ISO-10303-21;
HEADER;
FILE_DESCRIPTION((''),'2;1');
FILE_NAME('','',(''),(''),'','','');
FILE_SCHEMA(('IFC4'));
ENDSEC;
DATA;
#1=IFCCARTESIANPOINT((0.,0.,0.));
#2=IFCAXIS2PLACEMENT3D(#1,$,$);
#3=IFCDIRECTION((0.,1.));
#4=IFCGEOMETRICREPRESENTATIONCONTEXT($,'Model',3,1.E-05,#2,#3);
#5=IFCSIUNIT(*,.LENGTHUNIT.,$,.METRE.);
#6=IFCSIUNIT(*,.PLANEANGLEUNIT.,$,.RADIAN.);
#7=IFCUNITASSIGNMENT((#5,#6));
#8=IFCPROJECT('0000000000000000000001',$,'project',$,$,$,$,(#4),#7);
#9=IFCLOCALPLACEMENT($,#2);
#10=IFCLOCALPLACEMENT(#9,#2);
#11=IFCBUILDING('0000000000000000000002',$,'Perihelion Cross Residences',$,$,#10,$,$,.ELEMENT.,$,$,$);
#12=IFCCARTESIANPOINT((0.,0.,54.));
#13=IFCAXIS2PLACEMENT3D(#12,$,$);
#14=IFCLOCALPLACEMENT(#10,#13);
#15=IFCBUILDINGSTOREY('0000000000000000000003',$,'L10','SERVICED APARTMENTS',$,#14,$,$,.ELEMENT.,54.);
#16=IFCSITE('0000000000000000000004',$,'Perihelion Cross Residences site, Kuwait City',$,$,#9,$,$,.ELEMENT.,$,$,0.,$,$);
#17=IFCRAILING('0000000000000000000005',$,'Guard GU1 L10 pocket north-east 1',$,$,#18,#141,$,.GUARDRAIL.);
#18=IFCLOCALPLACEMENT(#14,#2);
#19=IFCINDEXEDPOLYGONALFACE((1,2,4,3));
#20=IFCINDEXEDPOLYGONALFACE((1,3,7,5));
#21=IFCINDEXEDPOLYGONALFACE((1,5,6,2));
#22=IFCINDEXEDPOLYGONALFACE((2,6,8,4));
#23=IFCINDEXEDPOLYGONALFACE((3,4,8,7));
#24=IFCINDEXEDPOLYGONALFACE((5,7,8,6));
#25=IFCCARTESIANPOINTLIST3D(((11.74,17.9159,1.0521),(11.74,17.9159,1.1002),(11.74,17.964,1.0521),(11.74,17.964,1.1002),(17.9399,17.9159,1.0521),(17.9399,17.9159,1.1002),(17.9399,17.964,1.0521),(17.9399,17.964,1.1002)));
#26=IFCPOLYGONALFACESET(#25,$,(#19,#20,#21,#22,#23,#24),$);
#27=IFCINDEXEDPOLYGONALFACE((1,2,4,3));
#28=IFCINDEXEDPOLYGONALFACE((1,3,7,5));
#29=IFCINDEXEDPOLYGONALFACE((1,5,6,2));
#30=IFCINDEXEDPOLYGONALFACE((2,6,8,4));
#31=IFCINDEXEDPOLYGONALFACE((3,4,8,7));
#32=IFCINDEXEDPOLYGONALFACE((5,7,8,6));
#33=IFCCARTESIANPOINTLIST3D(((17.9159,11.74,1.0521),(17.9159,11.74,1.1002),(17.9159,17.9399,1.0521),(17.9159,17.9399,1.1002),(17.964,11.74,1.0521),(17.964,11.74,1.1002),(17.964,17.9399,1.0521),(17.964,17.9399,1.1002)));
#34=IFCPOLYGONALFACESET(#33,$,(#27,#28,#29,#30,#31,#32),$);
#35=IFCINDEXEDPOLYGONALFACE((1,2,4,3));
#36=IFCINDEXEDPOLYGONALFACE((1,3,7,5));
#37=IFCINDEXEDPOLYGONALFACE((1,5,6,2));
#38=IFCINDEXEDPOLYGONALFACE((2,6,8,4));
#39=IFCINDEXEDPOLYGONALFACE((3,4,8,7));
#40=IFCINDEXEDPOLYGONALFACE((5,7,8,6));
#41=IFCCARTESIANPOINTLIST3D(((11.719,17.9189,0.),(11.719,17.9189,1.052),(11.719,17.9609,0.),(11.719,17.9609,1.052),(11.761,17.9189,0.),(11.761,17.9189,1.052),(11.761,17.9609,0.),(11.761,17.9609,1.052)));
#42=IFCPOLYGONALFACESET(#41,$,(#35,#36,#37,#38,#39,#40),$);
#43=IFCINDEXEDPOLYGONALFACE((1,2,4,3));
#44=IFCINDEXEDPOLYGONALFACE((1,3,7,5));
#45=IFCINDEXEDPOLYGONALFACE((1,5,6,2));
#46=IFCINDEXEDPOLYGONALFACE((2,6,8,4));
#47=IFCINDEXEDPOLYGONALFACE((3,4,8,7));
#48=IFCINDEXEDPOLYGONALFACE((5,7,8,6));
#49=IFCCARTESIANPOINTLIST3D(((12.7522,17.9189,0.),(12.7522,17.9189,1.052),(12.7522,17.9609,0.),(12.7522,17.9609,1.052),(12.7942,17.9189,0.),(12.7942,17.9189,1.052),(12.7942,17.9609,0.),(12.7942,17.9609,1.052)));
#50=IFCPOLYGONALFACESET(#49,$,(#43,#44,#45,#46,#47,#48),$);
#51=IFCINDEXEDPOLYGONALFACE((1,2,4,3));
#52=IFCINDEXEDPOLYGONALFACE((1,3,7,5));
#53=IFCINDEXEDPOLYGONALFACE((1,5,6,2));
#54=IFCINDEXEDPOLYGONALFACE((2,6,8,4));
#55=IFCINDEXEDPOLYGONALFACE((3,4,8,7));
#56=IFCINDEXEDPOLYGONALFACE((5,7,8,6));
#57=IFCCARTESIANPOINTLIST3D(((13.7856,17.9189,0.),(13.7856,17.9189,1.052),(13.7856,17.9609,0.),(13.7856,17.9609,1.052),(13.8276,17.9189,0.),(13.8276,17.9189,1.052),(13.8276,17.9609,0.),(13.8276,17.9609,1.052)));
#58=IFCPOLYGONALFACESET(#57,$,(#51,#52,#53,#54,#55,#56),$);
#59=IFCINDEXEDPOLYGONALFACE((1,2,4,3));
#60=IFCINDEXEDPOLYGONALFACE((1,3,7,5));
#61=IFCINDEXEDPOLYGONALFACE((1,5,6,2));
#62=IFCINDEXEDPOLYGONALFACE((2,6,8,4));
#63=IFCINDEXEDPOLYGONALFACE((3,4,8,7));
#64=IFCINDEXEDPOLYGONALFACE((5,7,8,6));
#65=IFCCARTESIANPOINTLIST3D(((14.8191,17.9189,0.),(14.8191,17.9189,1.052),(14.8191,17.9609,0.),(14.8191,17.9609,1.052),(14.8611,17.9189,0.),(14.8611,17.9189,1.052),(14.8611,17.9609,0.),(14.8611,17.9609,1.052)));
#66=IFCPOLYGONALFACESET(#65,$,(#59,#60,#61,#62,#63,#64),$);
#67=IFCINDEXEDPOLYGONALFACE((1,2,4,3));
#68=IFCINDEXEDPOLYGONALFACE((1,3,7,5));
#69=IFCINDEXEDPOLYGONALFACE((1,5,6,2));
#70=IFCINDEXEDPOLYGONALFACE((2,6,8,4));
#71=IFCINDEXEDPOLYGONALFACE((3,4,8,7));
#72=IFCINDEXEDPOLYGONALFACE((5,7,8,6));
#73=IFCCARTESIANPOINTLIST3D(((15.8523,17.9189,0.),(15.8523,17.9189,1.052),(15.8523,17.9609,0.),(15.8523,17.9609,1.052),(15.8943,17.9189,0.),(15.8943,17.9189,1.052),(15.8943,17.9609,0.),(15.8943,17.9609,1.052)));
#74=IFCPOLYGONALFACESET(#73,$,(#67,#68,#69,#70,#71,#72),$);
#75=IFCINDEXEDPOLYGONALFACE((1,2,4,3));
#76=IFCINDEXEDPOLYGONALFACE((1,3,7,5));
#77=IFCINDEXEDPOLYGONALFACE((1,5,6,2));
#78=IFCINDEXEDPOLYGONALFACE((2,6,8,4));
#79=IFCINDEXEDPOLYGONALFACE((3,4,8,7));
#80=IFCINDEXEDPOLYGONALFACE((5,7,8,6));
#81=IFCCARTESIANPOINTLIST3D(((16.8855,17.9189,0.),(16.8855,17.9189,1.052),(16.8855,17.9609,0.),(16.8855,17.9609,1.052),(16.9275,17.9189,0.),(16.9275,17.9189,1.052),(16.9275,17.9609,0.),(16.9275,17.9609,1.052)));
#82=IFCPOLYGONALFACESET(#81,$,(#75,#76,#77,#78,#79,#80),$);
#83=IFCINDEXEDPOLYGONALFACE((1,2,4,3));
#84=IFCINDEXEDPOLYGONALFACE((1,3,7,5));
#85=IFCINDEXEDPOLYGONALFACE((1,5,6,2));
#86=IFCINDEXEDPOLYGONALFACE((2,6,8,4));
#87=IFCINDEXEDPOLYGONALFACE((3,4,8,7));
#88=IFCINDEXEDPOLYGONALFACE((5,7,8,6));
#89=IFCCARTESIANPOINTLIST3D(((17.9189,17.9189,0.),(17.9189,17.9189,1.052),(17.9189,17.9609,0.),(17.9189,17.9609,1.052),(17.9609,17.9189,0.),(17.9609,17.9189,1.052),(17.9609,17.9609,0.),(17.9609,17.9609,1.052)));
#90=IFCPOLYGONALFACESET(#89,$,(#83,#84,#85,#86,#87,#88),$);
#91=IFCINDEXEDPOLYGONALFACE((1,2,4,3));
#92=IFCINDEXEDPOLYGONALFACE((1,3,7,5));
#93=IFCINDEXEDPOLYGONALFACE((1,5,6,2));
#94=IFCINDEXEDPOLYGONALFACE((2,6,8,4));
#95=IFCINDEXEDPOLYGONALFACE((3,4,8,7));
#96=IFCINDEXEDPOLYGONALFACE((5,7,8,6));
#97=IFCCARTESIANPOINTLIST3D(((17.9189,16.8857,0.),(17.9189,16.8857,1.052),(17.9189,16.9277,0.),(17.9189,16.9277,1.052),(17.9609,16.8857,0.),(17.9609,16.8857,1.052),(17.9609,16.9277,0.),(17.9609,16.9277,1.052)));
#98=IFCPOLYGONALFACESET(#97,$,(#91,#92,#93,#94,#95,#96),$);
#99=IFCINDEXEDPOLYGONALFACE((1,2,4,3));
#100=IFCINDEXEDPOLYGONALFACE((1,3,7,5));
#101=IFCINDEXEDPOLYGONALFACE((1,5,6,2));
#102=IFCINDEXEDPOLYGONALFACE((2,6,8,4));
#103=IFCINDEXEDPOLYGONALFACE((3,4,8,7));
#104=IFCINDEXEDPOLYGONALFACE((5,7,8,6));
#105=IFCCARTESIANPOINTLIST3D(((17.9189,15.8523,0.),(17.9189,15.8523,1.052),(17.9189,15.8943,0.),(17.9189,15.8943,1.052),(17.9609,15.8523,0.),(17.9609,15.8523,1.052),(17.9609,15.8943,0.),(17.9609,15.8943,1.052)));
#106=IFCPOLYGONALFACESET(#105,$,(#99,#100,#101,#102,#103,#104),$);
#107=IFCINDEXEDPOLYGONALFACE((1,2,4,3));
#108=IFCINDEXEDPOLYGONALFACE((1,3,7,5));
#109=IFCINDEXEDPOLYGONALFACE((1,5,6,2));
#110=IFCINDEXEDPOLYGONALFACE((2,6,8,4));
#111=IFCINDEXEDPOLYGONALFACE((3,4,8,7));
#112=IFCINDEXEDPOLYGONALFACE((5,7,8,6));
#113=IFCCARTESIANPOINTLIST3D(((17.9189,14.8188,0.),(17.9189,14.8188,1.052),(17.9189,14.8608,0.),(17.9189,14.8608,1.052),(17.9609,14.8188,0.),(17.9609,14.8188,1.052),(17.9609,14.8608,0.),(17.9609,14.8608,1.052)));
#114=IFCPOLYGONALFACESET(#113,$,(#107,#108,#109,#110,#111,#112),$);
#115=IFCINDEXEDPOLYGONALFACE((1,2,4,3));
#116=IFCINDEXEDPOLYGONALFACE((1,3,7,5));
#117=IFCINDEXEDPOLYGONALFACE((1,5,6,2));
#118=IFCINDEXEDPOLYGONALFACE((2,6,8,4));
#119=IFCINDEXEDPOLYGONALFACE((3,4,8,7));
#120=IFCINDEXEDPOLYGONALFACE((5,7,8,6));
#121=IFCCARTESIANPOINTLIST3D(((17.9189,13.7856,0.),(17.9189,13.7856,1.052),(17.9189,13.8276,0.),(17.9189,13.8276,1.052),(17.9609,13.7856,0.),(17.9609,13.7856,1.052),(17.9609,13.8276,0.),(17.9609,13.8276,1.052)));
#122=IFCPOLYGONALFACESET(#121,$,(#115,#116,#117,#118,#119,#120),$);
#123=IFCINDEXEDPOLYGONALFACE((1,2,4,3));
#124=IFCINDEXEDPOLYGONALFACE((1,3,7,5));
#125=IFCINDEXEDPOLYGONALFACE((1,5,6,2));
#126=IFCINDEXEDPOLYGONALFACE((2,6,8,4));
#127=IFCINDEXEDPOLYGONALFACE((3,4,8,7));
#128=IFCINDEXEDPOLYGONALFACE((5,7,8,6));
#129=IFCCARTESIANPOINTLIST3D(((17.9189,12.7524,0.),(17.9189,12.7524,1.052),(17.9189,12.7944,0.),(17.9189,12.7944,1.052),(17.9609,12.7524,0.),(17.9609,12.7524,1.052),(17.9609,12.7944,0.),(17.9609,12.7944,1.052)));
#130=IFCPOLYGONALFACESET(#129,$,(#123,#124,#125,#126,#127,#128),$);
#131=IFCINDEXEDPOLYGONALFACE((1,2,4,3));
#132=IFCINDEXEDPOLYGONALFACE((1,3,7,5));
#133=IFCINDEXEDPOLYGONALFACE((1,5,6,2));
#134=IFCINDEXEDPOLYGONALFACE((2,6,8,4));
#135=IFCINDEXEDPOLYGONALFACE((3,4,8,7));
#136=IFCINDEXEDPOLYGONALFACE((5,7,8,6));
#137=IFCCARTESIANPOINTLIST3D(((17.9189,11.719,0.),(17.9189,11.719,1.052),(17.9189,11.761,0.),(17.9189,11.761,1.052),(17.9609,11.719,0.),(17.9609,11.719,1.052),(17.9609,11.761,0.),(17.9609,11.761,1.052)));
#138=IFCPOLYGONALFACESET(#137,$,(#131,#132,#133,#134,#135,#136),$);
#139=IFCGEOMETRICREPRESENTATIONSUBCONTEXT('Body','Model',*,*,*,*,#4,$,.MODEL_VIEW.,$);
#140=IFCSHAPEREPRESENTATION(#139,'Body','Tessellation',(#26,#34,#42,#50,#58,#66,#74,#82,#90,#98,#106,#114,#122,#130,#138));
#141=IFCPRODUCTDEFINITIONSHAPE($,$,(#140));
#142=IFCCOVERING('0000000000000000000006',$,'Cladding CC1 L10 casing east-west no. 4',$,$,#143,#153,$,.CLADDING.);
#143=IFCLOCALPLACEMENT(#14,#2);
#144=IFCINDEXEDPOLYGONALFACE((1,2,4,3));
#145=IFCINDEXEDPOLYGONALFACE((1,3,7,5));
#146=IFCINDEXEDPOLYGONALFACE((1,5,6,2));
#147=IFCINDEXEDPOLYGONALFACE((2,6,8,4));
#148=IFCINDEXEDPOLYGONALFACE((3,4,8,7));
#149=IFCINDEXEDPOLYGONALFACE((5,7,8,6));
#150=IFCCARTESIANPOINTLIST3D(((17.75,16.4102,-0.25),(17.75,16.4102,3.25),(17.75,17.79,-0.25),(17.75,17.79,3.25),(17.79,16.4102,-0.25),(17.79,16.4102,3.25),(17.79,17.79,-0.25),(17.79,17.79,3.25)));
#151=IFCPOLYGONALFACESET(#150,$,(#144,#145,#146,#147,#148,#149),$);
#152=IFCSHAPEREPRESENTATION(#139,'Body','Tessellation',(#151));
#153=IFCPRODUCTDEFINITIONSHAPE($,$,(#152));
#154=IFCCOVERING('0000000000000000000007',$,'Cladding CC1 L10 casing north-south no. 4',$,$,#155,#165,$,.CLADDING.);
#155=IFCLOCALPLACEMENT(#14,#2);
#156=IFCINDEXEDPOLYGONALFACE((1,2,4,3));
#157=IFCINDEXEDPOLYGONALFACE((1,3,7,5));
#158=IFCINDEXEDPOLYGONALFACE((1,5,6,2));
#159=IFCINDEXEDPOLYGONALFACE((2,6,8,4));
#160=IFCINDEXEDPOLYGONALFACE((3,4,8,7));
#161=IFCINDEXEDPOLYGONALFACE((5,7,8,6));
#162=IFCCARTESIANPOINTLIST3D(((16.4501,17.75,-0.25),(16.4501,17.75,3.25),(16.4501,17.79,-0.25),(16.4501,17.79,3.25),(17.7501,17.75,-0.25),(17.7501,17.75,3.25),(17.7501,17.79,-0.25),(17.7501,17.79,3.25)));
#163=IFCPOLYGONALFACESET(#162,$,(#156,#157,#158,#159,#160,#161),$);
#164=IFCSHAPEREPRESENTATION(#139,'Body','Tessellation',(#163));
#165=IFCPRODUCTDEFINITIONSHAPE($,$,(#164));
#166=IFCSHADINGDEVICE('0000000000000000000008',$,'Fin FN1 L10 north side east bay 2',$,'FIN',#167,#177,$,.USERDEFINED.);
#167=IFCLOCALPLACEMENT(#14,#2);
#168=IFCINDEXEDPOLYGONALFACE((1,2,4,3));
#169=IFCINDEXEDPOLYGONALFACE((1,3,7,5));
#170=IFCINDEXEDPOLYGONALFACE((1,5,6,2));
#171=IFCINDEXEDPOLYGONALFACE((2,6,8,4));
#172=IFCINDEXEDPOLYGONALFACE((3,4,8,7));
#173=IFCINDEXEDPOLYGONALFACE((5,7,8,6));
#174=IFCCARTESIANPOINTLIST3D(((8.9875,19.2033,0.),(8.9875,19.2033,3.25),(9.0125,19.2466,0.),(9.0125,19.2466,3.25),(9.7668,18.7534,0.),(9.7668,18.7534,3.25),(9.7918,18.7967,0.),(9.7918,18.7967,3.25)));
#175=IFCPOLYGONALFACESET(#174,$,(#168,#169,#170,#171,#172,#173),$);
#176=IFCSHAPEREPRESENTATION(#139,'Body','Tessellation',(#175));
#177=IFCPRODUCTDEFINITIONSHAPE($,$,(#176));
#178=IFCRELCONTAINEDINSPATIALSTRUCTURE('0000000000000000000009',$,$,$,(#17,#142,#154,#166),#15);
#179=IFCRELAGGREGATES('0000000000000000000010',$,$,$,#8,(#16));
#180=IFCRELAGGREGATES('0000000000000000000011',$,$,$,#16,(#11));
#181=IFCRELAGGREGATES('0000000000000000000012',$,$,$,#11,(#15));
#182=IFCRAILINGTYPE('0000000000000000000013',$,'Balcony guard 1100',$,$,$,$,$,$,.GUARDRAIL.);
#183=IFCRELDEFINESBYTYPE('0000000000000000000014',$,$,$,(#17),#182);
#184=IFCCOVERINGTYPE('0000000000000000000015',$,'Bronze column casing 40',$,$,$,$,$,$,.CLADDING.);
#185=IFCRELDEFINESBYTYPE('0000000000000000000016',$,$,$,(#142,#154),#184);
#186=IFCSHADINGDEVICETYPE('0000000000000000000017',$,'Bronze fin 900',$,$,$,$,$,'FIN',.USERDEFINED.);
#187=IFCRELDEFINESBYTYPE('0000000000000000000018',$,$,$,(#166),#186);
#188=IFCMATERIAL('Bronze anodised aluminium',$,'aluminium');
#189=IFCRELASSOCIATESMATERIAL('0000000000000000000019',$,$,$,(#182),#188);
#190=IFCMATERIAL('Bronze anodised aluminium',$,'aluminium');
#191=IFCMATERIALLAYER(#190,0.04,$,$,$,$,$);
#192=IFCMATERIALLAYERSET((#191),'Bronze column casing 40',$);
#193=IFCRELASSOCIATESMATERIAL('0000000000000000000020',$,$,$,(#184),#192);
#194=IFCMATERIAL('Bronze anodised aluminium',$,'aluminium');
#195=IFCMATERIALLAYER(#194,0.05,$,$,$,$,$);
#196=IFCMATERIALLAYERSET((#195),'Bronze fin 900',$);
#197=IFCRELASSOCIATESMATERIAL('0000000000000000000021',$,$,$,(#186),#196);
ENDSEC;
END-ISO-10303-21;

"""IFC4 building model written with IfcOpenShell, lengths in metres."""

from ifc_helpers import new_model, si_unit, direction, frame, origin, origin_2d, place, context, subcontext, project, spatial, rectangle, extrude, material, layer, layer_set, type_object, element, save


model = new_model("IFC4")

# Units and contexts
model_context = context("Model", 3, precision=1e-05, world=origin(), true_north=direction((0.0, 1.0)))
body_context = subcontext(model_context, "Body", "Model", "MODEL_VIEW")
ifc_project = project(units=[si_unit("LENGTHUNIT", "METRE"), si_unit("PLANEANGLEUNIT", "RADIAN")], contexts=[model_context])

# Site, building, storey
site_placement = place(None, origin())
site = spatial("IfcSite", under=ifc_project, at=site_placement, Name="Perihelion Cross Residences site, Kuwait City", CompositionType="ELEMENT", RefElevation=0.0)
building_placement = place(site_placement, origin())
building = spatial("IfcBuilding", under=site, at=building_placement, Name="Perihelion Cross Residences", CompositionType="ELEMENT")
storey_placement = place(building_placement, frame((0.0, 0.0, 54.0)))
storey = spatial("IfcBuildingStorey", under=building, at=storey_placement, Name="L10", Description="SERVICED APARTMENTS", CompositionType="ELEMENT", Elevation=54.0)

# Railing
ifc_material_1 = material(Name="Bronze anodised aluminium", Category="aluminium")
railing_type = type_object("IfcRailingType", Name="Balcony guard 1100", PredefinedType="GUARDRAIL", material=ifc_material_1)
railing_1_placement = place(storey_placement, frame((11.74, 17.9399, 0.0)))
element("IfcRailing", 1, at=railing_1_placement, inside=storey, type_object=railing_type, Name="Guard GU1 L10 pocket north-east 1", PredefinedType="GUARDRAIL", context=body_context, shape_type="SweptSolid", body=[
    extrude(rectangle(XDim=0.0481, YDim=0.0481, at=origin_2d()), frame((0.0, 0.0, 1.0762), z_axis=(1.0, 0.0, 0.0), x_axis=(0.0, 1.0, 0.0)), (0.0, 0.0, 1.0), 6.2),
    extrude(rectangle(XDim=0.0481, YDim=0.0481, at=origin_2d()), frame((6.2, 0.0, 1.0762), z_axis=(0.0, -1.0, 0.0), x_axis=(1.0, 0.0, 0.0)), (0.0, 0.0, 1.0), 6.2),
    extrude(rectangle(XDim=0.042, YDim=0.042, at=origin_2d()), origin(), (0.0, 0.0, 1.0), 1.052),
    extrude(rectangle(XDim=0.042, YDim=0.042, at=origin_2d()), frame((1.0332, 0.0, 0.0)), (0.0, 0.0, 1.0), 1.052),
    extrude(rectangle(XDim=0.042, YDim=0.042, at=origin_2d()), frame((2.0667, 0.0, 0.0)), (0.0, 0.0, 1.0), 1.052),
    extrude(rectangle(XDim=0.042, YDim=0.042, at=origin_2d()), frame((3.1001, 0.0, 0.0)), (0.0, 0.0, 1.0), 1.052),
    extrude(rectangle(XDim=0.042, YDim=0.042, at=origin_2d()), frame((4.1333, 0.0, 0.0)), (0.0, 0.0, 1.0), 1.052),
    extrude(rectangle(XDim=0.042, YDim=0.042, at=origin_2d()), frame((5.1665, 0.0, 0.0)), (0.0, 0.0, 1.0), 1.052),
    extrude(rectangle(XDim=0.042, YDim=0.042, at=origin_2d()), frame((6.2, 0.0, 0.0)), (0.0, 0.0, 1.0), 1.052),
    extrude(rectangle(XDim=0.042, YDim=0.042, at=origin_2d()), frame((6.2, -1.0332, 0.0)), (0.0, 0.0, 1.0), 1.052),
    extrude(rectangle(XDim=0.042, YDim=0.042, at=origin_2d()), frame((6.2, -2.0667, 0.0)), (0.0, 0.0, 1.0), 1.052),
    extrude(rectangle(XDim=0.042, YDim=0.042, at=origin_2d()), frame((6.2, -3.1001, 0.0)), (0.0, 0.0, 1.0), 1.052),
    extrude(rectangle(XDim=0.042, YDim=0.042, at=origin_2d()), frame((6.2, -4.1333, 0.0)), (0.0, 0.0, 1.0), 1.052),
    extrude(rectangle(XDim=0.042, YDim=0.042, at=origin_2d()), frame((6.2, -5.1665, 0.0)), (0.0, 0.0, 1.0), 1.052),
    extrude(rectangle(XDim=0.042, YDim=0.042, at=origin_2d()), frame((6.2, -6.2, 0.0)), (0.0, 0.0, 1.0), 1.052),
])

# Coverings
ifc_material_2 = material(Name="Bronze anodised aluminium", Category="aluminium")
ifc_layer_1 = layer(ifc_material_2, 0.04)
ifc_layer_set_1 = layer_set([ifc_layer_1], Name="Bronze column casing 40")
covering_type = type_object("IfcCoveringType", Name="Bronze column casing 40", PredefinedType="CLADDING", material=ifc_layer_set_1)
covering_1_placement = place(storey_placement, frame((17.77, 17.1001, -0.25), z_axis=(0.0, 0.0, 1.0), x_axis=(1.0, 0.0, 0.0)))
element("IfcCovering", 2, at=covering_1_placement, inside=storey, type_object=covering_type, Name="Cladding CC1 L10 casing east-west no. 4", PredefinedType="CLADDING", context=body_context, shape_type="SweptSolid", body=[
    extrude(rectangle(XDim=0.04, YDim=1.3799, at=origin_2d()), origin(), (0.0, 0.0, 1.0), 3.5),
])
covering_2_placement = place(storey_placement, frame((17.1001, 17.77, -0.25), z_axis=(0.0, 0.0, 1.0), x_axis=(1.0, 0.0, 0.0)))
element("IfcCovering", 3, at=covering_2_placement, inside=storey, type_object=covering_type, Name="Cladding CC1 L10 casing north-south no. 4", PredefinedType="CLADDING", context=body_context, shape_type="SweptSolid", body=[
    extrude(rectangle(XDim=1.3, YDim=0.04, at=origin_2d()), origin(), (0.0, 0.0, 1.0), 3.5),
])

# Shading device
ifc_material_3 = material(Name="Bronze anodised aluminium", Category="aluminium")
ifc_layer_2 = layer(ifc_material_3, 0.05)
ifc_layer_set_2 = layer_set([ifc_layer_2], Name="Bronze fin 900")
shading_device_type = type_object("IfcShadingDeviceType", Name="Bronze fin 900", ElementType="FIN", PredefinedType="USERDEFINED", material=ifc_layer_set_2)
shading_device_placement = place(storey_placement, frame((9.3896, 19.0, 0.0), z_axis=(0.0, 0.0, 1.0), x_axis=(0.866025, -0.5, 0.0)))
element("IfcShadingDevice", 4, at=shading_device_placement, inside=storey, type_object=shading_device_type, Name="Fin FN1 L10 north side east bay 2", ObjectType="FIN", PredefinedType="USERDEFINED", context=body_context, shape_type="SweptSolid", body=[
    extrude(rectangle(XDim=0.8999, YDim=0.05, at=origin_2d()), origin(), (0.0, 0.0, 1.0), 3.25),
])

save(model, "model.ifc")
